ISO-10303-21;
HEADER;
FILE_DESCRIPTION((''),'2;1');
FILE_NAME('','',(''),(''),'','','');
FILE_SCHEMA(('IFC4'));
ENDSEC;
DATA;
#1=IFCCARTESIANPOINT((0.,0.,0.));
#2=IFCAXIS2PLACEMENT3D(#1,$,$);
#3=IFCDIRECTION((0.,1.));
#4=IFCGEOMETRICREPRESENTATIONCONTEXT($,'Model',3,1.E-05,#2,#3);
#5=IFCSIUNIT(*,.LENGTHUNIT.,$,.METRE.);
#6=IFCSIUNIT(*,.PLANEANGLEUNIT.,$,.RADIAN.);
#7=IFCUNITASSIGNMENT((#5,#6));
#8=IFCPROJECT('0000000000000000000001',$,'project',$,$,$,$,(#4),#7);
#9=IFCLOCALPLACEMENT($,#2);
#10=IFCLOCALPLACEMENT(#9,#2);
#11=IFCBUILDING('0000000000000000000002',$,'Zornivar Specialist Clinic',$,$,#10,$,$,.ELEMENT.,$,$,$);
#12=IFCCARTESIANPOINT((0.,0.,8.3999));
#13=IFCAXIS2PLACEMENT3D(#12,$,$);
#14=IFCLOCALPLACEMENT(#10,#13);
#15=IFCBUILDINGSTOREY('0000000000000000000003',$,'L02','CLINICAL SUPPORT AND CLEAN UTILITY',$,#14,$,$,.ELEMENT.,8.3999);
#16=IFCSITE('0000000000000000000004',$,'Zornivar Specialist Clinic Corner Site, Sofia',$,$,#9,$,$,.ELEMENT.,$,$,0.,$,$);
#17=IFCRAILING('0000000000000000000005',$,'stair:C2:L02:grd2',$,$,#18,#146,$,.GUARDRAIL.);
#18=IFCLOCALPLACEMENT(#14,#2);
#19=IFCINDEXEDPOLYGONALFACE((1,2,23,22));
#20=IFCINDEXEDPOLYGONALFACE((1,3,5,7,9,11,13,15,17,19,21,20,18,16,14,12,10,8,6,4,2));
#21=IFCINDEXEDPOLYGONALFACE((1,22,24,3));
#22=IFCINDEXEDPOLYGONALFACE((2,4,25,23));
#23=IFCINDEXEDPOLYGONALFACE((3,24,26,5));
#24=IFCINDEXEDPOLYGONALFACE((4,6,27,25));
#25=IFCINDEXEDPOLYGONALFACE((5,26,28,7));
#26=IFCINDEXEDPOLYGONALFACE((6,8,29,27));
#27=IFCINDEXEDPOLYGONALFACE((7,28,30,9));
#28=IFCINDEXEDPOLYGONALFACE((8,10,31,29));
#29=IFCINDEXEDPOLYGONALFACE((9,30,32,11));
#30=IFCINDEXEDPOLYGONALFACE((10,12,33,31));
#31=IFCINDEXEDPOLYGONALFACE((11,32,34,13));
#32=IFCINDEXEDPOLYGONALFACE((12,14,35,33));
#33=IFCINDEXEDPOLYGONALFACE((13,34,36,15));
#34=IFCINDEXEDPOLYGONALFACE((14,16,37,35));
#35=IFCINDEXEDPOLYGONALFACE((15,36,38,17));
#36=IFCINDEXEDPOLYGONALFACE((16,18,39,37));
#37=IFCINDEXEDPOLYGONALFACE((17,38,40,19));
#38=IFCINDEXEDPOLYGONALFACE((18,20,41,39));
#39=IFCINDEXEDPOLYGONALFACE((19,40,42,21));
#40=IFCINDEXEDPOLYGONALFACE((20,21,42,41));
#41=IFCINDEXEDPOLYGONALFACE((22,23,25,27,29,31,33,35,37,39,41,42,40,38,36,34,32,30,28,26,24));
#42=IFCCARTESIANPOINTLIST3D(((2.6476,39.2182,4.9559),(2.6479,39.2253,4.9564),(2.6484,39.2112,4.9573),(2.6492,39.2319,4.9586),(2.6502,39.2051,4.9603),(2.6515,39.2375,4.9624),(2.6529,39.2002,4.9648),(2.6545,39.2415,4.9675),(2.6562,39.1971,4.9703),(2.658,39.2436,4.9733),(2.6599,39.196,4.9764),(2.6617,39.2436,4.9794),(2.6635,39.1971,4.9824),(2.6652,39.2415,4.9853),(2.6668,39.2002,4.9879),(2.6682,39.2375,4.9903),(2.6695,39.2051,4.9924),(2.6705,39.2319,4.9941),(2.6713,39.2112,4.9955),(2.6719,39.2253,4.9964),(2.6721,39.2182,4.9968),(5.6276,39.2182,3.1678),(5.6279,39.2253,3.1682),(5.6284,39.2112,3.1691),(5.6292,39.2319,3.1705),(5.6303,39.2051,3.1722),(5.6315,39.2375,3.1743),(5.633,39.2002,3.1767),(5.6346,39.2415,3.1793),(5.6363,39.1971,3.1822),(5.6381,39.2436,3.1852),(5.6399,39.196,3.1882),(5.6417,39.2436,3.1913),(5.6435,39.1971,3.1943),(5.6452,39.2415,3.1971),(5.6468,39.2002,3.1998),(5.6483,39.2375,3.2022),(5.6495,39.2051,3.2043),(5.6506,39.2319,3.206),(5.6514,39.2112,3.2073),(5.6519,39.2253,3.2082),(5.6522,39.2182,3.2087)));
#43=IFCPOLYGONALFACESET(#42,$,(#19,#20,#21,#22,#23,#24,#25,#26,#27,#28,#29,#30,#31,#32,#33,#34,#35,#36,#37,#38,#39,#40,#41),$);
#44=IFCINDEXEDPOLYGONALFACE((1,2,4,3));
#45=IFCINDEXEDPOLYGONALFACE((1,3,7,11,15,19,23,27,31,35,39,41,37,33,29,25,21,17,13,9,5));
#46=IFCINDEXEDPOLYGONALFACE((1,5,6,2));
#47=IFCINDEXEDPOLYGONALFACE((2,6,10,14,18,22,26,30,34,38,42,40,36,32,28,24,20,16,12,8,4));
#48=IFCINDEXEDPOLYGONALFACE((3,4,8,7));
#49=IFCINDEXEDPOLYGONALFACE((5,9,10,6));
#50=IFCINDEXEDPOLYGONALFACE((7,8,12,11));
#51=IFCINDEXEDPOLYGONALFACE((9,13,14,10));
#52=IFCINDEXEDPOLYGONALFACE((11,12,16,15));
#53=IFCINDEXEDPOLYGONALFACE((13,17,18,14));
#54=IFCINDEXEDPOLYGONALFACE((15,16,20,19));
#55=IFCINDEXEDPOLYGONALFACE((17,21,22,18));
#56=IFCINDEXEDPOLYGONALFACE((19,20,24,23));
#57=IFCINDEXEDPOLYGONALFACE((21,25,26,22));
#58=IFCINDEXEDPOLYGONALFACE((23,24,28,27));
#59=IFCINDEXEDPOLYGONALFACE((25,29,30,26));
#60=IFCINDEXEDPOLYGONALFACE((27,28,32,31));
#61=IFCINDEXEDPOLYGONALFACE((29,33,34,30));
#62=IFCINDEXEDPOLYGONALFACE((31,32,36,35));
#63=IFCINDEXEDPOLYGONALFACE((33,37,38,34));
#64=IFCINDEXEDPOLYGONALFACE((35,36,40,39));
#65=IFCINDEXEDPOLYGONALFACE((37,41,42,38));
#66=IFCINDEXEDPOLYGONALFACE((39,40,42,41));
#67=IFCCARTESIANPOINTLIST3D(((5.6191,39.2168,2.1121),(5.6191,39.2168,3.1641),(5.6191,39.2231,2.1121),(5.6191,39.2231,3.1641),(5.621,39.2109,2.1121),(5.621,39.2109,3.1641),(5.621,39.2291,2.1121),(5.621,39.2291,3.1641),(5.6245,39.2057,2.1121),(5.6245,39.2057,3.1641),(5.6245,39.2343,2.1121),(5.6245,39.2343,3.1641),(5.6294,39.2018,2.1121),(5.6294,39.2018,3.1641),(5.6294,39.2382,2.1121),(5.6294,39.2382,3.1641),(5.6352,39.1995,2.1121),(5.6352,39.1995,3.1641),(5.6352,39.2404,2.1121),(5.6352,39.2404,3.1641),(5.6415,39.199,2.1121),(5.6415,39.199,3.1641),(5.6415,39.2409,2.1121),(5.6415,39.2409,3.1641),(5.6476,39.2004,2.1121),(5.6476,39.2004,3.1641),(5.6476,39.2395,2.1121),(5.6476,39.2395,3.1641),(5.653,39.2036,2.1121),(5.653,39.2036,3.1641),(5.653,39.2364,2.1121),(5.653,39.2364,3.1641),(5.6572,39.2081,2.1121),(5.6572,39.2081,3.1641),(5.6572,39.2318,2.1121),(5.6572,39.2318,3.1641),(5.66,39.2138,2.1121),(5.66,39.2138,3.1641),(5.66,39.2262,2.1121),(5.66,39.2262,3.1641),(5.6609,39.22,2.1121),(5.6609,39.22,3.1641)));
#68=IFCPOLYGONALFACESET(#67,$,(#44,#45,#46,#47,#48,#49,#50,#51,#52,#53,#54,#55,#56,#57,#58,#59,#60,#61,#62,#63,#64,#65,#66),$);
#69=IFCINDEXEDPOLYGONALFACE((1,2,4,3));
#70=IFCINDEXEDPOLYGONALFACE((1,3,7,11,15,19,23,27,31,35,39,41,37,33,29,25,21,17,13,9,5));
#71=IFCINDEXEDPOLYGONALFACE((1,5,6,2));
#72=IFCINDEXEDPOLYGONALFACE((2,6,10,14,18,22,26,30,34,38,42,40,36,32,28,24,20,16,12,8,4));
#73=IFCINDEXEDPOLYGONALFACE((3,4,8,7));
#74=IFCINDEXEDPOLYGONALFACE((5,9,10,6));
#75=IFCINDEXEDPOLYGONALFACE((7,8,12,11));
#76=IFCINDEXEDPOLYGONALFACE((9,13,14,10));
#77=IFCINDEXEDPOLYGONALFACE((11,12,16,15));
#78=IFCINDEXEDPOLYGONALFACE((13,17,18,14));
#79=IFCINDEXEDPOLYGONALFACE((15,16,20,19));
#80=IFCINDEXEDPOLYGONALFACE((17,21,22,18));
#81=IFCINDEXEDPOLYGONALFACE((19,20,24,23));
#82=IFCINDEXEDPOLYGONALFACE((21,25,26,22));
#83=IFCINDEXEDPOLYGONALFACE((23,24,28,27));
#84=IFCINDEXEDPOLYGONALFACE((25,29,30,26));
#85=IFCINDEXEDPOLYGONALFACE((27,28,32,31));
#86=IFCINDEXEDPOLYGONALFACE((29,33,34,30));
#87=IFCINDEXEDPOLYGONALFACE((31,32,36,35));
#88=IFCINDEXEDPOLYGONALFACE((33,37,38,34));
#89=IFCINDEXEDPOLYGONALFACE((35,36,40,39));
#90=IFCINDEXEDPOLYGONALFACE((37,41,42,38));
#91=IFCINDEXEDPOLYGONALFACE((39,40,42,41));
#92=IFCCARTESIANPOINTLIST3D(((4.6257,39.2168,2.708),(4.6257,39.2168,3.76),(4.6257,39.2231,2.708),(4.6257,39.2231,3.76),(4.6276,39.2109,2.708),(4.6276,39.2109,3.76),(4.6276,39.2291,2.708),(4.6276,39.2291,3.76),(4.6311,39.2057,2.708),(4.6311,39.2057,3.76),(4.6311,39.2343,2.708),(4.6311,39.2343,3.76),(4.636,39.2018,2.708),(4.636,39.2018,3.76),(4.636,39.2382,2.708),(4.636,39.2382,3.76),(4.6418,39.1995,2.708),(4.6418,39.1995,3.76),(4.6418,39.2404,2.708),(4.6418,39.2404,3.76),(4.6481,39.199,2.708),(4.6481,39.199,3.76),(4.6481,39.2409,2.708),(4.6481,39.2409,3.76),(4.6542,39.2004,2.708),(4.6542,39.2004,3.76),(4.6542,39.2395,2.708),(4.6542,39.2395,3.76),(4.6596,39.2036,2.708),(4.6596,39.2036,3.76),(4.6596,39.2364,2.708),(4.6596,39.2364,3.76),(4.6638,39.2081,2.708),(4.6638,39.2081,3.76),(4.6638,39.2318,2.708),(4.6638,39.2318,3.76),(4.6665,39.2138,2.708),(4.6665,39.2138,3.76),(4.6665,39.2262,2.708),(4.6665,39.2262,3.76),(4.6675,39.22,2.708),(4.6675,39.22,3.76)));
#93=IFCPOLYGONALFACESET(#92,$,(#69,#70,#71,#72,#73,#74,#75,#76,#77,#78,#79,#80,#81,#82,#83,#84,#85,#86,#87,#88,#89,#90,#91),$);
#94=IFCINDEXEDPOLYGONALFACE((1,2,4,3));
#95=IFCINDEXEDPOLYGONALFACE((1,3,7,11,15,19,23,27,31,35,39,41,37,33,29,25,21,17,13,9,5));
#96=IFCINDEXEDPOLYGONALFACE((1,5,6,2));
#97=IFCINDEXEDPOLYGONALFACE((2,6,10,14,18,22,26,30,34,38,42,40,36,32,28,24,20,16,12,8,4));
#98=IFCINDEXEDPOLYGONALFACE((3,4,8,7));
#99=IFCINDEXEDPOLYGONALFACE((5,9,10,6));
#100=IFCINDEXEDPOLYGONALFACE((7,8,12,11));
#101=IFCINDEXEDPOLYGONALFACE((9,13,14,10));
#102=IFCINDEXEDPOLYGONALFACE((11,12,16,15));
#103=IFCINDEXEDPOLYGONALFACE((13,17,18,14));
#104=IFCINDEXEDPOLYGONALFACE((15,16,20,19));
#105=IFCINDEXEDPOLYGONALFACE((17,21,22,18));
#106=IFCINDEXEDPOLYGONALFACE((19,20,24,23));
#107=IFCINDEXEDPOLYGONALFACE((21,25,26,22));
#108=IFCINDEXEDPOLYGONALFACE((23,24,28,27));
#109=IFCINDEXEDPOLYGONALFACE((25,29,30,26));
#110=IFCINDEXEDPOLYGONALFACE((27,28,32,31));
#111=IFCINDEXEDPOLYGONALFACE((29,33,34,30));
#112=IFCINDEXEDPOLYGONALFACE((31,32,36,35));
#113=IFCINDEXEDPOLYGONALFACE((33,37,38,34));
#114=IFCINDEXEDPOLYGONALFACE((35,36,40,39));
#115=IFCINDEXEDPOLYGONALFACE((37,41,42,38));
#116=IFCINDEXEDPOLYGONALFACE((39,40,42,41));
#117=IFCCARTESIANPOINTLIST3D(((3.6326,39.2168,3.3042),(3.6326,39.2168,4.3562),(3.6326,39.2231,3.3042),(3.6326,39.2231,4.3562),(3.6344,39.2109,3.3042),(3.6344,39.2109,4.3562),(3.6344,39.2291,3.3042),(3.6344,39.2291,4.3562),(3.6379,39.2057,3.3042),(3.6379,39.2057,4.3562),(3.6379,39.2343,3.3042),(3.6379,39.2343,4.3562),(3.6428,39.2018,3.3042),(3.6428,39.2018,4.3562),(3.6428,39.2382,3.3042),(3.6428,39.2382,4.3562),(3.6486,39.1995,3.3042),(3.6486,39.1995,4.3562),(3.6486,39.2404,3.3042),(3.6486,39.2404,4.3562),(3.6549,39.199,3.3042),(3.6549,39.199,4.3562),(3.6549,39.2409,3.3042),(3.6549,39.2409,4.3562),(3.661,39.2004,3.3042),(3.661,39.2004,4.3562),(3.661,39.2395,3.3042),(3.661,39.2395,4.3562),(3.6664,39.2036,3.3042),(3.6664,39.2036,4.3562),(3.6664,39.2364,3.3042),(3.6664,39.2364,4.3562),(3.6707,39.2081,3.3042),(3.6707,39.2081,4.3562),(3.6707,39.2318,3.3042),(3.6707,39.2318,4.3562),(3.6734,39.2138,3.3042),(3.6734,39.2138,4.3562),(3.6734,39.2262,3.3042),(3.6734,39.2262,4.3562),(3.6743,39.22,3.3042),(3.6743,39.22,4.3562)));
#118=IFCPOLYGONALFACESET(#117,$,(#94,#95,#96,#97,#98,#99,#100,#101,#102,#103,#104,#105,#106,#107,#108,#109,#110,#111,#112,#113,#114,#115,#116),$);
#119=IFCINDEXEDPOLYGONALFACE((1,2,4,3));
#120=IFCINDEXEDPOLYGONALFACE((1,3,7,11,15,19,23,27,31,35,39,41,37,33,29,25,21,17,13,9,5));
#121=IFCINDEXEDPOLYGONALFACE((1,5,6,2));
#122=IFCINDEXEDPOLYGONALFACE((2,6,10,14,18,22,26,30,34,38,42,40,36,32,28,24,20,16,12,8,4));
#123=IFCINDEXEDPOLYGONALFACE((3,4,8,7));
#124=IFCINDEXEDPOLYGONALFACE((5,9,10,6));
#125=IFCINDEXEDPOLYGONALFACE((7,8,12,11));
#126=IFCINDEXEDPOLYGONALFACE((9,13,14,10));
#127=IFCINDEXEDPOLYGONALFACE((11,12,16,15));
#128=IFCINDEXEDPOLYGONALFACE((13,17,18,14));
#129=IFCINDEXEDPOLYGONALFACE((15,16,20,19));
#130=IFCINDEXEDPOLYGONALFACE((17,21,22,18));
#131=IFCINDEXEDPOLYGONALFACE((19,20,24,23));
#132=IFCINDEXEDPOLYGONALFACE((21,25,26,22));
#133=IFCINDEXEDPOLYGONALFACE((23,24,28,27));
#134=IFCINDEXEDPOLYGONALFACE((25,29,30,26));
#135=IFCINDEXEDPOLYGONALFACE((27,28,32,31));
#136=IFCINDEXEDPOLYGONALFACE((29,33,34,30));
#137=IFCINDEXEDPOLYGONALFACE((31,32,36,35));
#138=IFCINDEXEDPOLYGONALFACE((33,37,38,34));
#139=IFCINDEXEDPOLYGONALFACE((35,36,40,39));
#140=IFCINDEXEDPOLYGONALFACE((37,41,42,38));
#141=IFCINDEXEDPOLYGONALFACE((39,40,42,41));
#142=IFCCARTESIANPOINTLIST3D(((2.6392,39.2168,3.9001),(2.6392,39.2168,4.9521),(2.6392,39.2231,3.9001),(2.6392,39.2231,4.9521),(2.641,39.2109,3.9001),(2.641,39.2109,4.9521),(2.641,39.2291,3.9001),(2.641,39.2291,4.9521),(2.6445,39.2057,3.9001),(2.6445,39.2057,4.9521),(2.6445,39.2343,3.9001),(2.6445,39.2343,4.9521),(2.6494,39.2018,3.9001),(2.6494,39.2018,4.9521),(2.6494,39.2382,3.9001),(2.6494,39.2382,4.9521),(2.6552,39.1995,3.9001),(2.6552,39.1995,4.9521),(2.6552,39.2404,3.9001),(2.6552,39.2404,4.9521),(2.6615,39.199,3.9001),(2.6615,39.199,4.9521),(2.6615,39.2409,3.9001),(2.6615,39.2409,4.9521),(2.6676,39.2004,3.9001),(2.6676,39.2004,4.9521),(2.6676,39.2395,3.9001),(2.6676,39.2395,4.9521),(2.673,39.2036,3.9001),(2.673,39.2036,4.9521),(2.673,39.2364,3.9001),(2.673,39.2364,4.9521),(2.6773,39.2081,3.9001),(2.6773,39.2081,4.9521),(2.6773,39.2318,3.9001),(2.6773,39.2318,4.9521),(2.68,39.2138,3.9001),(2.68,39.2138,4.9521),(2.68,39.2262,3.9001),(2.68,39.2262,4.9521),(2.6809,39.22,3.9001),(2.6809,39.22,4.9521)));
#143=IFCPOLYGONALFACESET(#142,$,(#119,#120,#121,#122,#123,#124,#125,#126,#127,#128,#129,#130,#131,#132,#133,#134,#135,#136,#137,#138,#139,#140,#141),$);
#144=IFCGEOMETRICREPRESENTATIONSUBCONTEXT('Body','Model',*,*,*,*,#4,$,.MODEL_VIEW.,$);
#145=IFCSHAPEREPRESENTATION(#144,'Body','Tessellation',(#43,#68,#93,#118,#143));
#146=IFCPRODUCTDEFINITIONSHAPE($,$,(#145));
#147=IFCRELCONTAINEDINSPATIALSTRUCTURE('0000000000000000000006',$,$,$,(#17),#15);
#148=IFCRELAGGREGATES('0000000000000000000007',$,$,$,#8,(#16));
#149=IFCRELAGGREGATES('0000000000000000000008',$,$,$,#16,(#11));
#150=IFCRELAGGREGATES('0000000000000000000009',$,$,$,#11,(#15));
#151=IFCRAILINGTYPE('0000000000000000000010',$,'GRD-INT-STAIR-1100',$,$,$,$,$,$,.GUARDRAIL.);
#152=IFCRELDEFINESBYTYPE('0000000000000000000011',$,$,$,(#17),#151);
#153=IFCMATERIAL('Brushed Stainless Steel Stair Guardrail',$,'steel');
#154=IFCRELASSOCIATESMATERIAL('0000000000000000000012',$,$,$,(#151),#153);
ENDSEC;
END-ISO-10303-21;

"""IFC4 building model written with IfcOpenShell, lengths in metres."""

from ifc_helpers import new_model, si_unit, direction, frame, origin, origin_2d, place, context, subcontext, project, spatial, circle, extrude, material, type_object, element, save


model = new_model("IFC4")

# Units and contexts
model_context = context("Model", 3, precision=1e-05, world=origin(), true_north=direction((0.0, 1.0)))
body_context = subcontext(model_context, "Body", "Model", "MODEL_VIEW")
ifc_project = project(units=[si_unit("LENGTHUNIT", "METRE"), si_unit("PLANEANGLEUNIT", "RADIAN")], contexts=[model_context])

# Site, building, storey
site_placement = place(None, origin())
site = spatial("IfcSite", under=ifc_project, at=site_placement, Name="Zornivar Specialist Clinic Corner Site, Sofia", CompositionType="ELEMENT", RefElevation=0.0)
building_placement = place(site_placement, origin())
building = spatial("IfcBuilding", under=site, at=building_placement, Name="Zornivar Specialist Clinic", CompositionType="ELEMENT")
storey_placement = place(building_placement, frame((0.0, 0.0, 8.3999)))
storey = spatial("IfcBuildingStorey", under=building, at=storey_placement, Name="L02", Description="CLINICAL SUPPORT AND CLEAN UTILITY", CompositionType="ELEMENT", Elevation=8.3999)

# Railing
ifc_material_1 = material(Name="Brushed Stainless Steel Stair Guardrail", Category="steel")
railing_type_1 = type_object("IfcRailingType", Name="GRD-INT-STAIR-1100", PredefinedType="GUARDRAIL", material=ifc_material_1)
railing_1_placement = place(storey_placement, frame((5.6399, 39.22, 2.1121)))
element("IfcRailing", 1, at=railing_1_placement, inside=storey, type_object=railing_type_1, Name="stair:C2:L02:grd2", PredefinedType="GUARDRAIL", context=body_context, shape_type="SweptSolid", body=[
    extrude(circle(Radius=0.0239, at=origin_2d()), frame((0.0, 0.0, 1.0762), z_axis=(-0.857481, 0.0, 0.514516), x_axis=(0.0, -1.0, 0.0)), (0.0, 0.0, 1.0), 3.4753),
    extrude(circle(Radius=0.021, at=origin_2d()), origin(), (0.0, 0.0, 1.0), 1.052),
    extrude(circle(Radius=0.021, at=origin_2d()), frame((-0.9934, 0.0, 0.5959)), (0.0, 0.0, 1.0), 1.052),
    extrude(circle(Radius=0.021, at=origin_2d()), frame((-1.9866, 0.0, 1.1921)), (0.0, 0.0, 1.0), 1.052),
    extrude(circle(Radius=0.021, at=origin_2d()), frame((-2.98, 0.0, 1.7881)), (0.0, 0.0, 1.0), 1.052),
])

save(model, "model.ifc")
